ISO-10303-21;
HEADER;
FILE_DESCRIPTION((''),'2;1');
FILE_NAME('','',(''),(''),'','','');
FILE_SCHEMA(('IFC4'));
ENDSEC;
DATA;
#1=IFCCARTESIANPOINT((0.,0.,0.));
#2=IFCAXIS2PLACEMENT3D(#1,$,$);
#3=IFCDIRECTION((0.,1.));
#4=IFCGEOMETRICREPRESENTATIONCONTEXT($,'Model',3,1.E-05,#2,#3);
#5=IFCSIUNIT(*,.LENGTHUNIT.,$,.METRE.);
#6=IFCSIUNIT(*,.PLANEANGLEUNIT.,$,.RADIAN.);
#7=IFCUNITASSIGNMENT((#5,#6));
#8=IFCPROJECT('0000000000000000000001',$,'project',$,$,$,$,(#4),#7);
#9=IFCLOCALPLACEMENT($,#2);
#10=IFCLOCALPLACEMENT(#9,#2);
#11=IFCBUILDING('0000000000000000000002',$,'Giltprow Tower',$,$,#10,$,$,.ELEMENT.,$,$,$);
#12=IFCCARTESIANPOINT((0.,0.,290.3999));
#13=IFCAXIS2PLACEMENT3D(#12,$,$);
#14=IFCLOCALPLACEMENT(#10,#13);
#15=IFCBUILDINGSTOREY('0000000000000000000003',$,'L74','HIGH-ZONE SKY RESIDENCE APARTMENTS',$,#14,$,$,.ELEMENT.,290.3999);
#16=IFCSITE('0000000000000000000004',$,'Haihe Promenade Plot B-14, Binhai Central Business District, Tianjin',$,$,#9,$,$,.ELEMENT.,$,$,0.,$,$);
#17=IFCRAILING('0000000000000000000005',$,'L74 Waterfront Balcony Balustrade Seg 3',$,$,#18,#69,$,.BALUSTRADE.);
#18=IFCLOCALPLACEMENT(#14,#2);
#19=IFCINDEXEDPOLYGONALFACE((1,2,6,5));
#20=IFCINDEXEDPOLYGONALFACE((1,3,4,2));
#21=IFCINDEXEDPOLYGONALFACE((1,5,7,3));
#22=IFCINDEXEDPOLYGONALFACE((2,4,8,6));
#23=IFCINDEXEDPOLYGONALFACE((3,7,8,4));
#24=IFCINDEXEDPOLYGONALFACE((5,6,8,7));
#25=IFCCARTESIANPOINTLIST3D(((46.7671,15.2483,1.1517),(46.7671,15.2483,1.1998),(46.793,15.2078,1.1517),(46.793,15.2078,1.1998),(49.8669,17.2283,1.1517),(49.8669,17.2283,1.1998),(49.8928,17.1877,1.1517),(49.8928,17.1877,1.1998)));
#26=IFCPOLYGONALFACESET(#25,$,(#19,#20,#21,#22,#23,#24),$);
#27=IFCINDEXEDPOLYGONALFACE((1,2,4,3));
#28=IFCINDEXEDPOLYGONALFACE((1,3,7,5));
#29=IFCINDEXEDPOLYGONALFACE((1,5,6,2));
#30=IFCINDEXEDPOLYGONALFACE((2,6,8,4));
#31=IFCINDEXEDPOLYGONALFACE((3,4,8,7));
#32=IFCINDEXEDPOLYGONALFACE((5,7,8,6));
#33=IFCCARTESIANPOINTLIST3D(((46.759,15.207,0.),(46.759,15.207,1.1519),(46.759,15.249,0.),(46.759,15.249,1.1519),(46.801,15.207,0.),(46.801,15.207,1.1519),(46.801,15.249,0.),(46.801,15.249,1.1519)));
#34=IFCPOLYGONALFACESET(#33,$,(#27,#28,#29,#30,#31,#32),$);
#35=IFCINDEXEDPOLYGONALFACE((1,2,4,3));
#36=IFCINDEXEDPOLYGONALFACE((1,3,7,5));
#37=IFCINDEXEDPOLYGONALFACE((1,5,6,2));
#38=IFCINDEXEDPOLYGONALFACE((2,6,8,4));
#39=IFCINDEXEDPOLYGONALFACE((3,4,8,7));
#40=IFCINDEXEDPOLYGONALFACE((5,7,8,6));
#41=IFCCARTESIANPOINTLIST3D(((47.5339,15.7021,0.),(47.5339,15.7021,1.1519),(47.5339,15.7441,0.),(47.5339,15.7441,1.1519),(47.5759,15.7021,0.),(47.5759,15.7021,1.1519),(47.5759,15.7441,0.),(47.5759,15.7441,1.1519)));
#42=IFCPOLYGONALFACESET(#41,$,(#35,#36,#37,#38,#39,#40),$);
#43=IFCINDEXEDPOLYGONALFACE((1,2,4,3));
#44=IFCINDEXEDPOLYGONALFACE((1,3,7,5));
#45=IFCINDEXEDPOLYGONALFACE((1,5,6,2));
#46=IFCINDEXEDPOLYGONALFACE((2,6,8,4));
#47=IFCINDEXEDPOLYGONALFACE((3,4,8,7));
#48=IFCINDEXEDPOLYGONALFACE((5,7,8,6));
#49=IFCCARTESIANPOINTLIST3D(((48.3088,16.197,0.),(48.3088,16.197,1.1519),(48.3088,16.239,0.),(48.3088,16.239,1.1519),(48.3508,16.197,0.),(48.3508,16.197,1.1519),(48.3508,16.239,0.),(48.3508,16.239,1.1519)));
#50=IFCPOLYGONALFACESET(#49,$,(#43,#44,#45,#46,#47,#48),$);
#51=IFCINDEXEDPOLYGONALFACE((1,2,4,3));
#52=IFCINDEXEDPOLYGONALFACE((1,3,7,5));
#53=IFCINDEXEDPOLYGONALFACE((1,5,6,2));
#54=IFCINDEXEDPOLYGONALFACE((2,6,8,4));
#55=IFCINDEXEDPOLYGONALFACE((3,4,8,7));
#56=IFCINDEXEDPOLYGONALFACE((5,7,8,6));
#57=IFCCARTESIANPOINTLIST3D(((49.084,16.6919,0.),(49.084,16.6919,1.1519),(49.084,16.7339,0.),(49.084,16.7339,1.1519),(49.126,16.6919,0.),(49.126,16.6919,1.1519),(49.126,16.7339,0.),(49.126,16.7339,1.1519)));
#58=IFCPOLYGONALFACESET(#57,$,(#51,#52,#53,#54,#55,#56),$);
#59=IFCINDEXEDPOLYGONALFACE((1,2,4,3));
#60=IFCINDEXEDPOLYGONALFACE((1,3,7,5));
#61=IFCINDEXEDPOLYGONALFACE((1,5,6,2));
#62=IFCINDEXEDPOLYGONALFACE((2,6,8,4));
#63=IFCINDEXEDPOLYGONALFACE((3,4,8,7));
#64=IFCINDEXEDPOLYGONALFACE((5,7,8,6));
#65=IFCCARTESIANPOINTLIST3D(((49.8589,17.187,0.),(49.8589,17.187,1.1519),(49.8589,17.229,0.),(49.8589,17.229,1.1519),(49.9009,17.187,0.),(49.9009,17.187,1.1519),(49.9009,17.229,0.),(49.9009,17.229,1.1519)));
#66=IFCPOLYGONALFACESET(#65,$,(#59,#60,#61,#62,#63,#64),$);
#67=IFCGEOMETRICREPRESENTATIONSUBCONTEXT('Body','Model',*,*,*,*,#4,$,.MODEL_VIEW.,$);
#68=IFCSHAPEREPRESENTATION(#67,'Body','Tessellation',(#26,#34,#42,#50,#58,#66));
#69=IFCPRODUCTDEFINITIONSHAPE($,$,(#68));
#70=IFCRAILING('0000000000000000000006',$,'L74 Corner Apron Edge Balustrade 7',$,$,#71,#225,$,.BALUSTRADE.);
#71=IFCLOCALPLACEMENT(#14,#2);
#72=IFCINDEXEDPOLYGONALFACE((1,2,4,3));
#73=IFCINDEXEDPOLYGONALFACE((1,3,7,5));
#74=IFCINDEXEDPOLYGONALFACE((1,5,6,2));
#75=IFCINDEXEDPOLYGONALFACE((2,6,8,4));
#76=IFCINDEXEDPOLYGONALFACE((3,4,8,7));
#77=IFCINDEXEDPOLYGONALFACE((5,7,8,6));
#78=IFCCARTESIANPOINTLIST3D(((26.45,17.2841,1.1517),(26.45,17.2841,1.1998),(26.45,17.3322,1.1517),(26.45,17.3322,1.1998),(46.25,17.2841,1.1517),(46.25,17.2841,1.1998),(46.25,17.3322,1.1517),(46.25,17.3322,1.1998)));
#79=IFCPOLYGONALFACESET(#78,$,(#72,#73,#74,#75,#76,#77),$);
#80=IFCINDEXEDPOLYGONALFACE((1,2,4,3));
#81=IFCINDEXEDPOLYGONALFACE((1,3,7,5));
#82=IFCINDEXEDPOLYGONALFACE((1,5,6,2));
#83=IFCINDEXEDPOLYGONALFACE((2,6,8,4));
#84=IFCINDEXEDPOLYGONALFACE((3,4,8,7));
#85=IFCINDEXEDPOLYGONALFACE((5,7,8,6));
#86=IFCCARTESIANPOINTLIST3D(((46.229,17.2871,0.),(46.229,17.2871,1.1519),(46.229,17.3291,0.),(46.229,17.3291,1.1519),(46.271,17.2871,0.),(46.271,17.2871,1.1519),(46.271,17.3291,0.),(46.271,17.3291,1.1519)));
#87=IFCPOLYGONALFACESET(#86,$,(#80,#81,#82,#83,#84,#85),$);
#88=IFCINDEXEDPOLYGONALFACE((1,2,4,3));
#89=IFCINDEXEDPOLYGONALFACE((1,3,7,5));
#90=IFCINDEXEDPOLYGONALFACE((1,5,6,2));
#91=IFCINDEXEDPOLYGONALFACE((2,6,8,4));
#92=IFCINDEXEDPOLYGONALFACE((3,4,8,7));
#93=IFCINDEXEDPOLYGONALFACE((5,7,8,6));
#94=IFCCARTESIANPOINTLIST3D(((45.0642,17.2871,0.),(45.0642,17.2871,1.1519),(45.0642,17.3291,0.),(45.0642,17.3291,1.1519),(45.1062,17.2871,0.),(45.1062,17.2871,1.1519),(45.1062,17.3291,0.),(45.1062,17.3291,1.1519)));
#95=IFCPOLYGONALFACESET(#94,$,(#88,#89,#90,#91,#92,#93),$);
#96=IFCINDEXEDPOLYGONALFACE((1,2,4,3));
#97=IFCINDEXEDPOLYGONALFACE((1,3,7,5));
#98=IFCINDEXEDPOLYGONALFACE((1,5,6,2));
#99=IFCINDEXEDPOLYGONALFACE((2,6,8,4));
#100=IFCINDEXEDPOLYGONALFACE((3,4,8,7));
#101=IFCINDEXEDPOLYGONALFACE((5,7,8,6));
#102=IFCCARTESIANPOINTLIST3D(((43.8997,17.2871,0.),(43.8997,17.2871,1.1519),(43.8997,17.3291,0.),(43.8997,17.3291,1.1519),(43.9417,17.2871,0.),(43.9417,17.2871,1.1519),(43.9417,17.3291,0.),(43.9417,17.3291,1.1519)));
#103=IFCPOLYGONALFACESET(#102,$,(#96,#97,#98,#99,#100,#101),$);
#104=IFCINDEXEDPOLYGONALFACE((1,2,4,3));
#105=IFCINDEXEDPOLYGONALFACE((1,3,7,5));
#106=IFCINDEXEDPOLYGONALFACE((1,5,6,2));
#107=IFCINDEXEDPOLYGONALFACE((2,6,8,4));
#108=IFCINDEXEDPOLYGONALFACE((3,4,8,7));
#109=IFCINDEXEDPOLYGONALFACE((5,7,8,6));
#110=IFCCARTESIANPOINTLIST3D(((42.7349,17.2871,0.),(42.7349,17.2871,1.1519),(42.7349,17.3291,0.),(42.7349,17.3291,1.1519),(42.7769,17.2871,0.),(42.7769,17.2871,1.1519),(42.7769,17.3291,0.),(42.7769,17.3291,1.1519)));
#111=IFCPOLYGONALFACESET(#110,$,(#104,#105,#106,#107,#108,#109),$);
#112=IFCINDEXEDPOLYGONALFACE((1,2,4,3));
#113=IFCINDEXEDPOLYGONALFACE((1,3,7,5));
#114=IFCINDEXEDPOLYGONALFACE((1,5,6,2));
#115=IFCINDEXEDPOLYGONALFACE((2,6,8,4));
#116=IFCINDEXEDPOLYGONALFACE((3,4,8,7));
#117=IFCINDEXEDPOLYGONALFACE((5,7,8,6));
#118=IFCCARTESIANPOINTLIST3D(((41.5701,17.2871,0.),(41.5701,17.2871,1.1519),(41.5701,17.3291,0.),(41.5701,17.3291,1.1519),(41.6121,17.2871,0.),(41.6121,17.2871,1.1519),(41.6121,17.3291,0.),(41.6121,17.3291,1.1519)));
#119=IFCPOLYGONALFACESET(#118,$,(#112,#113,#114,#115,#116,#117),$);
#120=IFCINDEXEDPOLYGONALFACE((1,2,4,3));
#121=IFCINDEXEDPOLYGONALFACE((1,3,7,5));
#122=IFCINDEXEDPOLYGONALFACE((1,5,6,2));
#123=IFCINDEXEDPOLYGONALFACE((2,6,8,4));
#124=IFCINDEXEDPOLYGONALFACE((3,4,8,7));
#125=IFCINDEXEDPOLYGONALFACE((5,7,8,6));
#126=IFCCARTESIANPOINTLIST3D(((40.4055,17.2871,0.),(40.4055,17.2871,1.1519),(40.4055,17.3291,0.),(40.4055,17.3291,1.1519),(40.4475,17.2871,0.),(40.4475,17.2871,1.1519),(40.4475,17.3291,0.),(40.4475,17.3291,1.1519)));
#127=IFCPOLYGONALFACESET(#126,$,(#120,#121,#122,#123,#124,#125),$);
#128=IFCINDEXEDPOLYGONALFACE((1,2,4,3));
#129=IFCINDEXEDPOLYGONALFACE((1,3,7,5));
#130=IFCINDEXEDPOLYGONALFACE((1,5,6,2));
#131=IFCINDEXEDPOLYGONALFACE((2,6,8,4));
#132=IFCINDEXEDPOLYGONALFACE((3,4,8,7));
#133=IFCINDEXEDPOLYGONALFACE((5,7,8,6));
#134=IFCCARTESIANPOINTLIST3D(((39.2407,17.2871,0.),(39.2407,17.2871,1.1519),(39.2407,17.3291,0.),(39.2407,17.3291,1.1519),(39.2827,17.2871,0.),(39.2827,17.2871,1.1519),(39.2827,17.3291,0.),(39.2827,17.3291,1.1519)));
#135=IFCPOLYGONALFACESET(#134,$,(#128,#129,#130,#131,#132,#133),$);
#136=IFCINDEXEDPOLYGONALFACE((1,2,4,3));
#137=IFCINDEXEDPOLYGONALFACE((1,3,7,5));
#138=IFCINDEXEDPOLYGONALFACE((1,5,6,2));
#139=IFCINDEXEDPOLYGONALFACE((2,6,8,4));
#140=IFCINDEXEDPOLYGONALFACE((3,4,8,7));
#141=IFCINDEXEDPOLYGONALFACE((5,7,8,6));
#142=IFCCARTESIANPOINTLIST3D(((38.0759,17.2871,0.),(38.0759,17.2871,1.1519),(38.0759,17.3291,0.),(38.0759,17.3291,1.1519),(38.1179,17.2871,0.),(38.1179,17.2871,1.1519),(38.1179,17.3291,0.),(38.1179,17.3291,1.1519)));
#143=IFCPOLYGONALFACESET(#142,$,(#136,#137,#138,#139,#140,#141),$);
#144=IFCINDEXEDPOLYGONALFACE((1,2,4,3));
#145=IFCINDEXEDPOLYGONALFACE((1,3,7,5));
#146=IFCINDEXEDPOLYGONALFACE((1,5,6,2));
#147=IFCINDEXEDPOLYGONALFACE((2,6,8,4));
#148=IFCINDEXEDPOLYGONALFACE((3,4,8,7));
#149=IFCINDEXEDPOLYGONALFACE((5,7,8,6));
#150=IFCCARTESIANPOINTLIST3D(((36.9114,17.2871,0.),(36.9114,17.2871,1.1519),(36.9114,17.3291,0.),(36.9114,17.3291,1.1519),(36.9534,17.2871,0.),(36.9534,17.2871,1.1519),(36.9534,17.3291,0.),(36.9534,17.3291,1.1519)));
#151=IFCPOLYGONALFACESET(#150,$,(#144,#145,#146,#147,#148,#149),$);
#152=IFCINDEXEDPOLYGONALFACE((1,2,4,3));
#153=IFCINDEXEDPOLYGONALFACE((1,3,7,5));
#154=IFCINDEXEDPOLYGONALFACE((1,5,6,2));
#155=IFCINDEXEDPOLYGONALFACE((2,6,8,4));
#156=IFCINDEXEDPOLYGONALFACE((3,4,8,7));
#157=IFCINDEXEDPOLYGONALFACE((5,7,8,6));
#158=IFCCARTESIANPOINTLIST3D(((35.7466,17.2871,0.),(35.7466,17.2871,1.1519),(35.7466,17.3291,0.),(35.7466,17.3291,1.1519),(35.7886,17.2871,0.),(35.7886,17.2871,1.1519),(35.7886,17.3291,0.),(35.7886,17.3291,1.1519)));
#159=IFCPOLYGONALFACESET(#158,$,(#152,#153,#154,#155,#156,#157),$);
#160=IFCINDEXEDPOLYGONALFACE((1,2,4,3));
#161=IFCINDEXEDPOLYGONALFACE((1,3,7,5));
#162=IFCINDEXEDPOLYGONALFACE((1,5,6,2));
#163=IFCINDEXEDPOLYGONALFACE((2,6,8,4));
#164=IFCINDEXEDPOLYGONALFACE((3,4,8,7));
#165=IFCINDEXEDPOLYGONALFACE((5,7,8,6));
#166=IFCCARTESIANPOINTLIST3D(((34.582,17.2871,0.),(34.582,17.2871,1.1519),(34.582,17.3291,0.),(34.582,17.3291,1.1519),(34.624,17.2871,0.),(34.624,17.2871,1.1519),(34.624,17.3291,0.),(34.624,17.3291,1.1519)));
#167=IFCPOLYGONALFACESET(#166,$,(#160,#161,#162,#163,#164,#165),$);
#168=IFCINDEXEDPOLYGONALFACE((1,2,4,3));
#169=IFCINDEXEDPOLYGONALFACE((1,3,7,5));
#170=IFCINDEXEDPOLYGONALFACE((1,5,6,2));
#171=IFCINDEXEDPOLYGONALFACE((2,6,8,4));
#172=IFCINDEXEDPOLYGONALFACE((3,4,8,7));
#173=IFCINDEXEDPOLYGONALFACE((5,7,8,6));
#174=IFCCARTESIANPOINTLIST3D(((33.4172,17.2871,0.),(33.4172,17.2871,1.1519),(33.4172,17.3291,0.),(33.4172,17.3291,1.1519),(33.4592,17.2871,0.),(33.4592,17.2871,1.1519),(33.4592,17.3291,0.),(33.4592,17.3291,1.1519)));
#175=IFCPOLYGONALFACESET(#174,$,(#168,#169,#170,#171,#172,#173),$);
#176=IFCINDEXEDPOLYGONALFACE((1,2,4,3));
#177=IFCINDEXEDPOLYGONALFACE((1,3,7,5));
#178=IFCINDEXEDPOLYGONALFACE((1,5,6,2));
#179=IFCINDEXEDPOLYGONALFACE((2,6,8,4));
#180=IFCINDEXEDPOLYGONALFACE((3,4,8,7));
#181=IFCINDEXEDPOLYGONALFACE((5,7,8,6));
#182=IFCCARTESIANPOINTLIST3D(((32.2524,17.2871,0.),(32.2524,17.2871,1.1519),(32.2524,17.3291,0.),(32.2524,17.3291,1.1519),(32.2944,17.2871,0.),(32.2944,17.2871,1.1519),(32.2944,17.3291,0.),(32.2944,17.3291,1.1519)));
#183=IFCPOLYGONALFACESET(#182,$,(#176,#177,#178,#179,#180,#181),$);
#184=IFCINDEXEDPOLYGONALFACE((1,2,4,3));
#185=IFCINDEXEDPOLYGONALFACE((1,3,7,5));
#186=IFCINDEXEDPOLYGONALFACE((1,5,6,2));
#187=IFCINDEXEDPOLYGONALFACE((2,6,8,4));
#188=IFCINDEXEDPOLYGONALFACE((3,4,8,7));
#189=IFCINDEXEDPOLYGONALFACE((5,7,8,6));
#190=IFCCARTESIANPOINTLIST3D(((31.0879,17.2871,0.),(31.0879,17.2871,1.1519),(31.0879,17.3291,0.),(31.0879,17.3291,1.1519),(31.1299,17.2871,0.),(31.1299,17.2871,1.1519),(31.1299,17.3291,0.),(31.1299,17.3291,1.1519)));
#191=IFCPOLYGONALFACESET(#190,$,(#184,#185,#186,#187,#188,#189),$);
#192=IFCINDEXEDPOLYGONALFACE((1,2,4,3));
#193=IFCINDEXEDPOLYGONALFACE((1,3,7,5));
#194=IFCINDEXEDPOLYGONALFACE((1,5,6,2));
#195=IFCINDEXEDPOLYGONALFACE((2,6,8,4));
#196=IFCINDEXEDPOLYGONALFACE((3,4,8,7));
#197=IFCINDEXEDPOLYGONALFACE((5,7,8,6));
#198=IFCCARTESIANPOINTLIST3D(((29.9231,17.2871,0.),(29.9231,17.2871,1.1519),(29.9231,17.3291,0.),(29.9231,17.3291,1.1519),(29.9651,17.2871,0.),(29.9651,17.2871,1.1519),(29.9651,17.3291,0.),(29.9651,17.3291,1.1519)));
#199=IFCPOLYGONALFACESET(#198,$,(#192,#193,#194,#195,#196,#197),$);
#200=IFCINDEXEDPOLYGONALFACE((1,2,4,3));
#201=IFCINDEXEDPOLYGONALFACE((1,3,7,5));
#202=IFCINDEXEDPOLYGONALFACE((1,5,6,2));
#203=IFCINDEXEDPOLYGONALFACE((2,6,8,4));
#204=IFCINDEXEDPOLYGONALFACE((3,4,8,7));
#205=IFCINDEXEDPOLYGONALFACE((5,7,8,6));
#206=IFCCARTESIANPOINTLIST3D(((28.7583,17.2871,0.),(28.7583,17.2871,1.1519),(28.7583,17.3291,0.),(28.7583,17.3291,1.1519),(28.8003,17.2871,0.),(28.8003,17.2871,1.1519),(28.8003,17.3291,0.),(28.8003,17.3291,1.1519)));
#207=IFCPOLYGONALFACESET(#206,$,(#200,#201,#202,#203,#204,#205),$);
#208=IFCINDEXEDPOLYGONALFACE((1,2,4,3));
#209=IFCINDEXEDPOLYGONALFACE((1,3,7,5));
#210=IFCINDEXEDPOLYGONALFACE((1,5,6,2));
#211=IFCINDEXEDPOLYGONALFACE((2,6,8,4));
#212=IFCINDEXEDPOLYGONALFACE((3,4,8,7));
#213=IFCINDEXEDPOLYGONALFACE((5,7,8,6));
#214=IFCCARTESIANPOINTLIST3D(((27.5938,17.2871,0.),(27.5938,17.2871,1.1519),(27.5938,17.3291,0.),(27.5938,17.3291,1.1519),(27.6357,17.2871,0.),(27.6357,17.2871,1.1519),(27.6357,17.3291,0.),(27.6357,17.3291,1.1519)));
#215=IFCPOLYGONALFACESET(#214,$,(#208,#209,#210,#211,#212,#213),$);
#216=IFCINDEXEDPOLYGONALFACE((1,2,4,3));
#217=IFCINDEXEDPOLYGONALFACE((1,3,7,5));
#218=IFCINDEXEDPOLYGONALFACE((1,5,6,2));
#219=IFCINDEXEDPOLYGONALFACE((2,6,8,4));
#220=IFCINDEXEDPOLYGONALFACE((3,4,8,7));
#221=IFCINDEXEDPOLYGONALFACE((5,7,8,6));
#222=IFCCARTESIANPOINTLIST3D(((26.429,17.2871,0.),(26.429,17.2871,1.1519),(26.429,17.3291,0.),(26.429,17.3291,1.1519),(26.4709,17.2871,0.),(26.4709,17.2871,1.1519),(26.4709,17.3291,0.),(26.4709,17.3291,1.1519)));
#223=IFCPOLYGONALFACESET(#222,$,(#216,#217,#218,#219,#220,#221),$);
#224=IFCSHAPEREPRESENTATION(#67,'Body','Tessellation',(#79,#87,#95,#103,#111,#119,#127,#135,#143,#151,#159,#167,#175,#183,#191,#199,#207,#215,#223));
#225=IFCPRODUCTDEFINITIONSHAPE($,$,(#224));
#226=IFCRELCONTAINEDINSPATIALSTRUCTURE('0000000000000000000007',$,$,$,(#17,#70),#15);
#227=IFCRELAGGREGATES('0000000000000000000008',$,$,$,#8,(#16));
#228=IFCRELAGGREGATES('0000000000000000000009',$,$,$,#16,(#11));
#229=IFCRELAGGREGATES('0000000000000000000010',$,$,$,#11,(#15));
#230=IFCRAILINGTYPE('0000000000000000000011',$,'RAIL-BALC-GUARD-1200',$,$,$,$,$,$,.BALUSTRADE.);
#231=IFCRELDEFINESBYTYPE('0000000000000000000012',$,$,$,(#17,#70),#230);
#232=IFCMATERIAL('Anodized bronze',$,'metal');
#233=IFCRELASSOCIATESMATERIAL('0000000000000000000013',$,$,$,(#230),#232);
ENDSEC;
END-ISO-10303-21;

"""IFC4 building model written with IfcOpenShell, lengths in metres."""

from ifc_helpers import new_model, si_unit, direction, frame, origin, origin_2d, place, context, subcontext, project, spatial, rectangle, extrude, material, type_object, element, save


model = new_model("IFC4")

# Units and contexts
model_context = context("Model", 3, precision=1e-05, world=origin(), true_north=direction((0.0, 1.0)))
body_context = subcontext(model_context, "Body", "Model", "MODEL_VIEW")
ifc_project = project(units=[si_unit("LENGTHUNIT", "METRE"), si_unit("PLANEANGLEUNIT", "RADIAN")], contexts=[model_context])

# Site, building, storey
site_placement = place(None, origin())
site = spatial("IfcSite", under=ifc_project, at=site_placement, Name="Haihe Promenade Plot B-14, Binhai Central Business District, Tianjin", CompositionType="ELEMENT", RefElevation=0.0)
building_placement = place(site_placement, origin())
building = spatial("IfcBuilding", under=site, at=building_placement, Name="Giltprow Tower", CompositionType="ELEMENT")
storey_placement = place(building_placement, frame((0.0, 0.0, 290.3999)))
storey = spatial("IfcBuildingStorey", under=building, at=storey_placement, Name="L74", Description="HIGH-ZONE SKY RESIDENCE APARTMENTS", CompositionType="ELEMENT", Elevation=290.3999)

# Shared definitions
ifc_material_1 = material(Name="Anodized bronze", Category="metal")

# Railings
railing_type = type_object("IfcRailingType", Name="RAIL-BALC-GUARD-1200", PredefinedType="BALUSTRADE", material=ifc_material_1)
railing_1_placement = place(storey_placement, frame((46.78, 15.228, 0.0)))
element("IfcRailing", 1, at=railing_1_placement, inside=storey, type_object=railing_type, Name="L74 Waterfront Balcony Balustrade Seg 3", PredefinedType="BALUSTRADE", context=body_context, shape_type="SweptSolid", body=[
    extrude(rectangle(XDim=0.0481, YDim=0.0481, at=origin_2d()), frame((0.0, 0.0, 1.1758), z_axis=(0.842756, 0.538296, 0.0), x_axis=(-0.538296, 0.842756, 0.0)), (0.0, 0.0, 1.0), 3.6782),
    extrude(rectangle(XDim=0.042, YDim=0.042, at=origin_2d()), origin(), (0.0, 0.0, 1.0), 1.1519),
    extrude(rectangle(XDim=0.042, YDim=0.042, at=origin_2d()), frame((0.7749, 0.4951, 0.0)), (0.0, 0.0, 1.0), 1.1519),
    extrude(rectangle(XDim=0.042, YDim=0.042, at=origin_2d()), frame((1.5498, 0.99, 0.0)), (0.0, 0.0, 1.0), 1.1519),
    extrude(rectangle(XDim=0.042, YDim=0.042, at=origin_2d()), frame((2.325, 1.4849, 0.0)), (0.0, 0.0, 1.0), 1.1519),
    extrude(rectangle(XDim=0.042, YDim=0.042, at=origin_2d()), frame((3.0999, 1.98, 0.0)), (0.0, 0.0, 1.0), 1.1519),
])
railing_2_placement = place(storey_placement, frame((46.25, 17.3081, 0.0)))
element("IfcRailing", 2, at=railing_2_placement, inside=storey, type_object=railing_type, Name="L74 Corner Apron Edge Balustrade 7", PredefinedType="BALUSTRADE", context=body_context, shape_type="SweptSolid", body=[
    extrude(rectangle(XDim=0.0481, YDim=0.0481, at=origin_2d()), frame((0.0, 0.0, 1.1758), z_axis=(-1.0, 0.0, 0.0), x_axis=(0.0, -1.0, 0.0)), (0.0, 0.0, 1.0), 19.8),
    extrude(rectangle(XDim=0.042, YDim=0.042, at=origin_2d()), origin(), (0.0, 0.0, 1.0), 1.1519),
    extrude(rectangle(XDim=0.042, YDim=0.042, at=origin_2d()), frame((-1.1648, 0.0, 0.0)), (0.0, 0.0, 1.0), 1.1519),
    extrude(rectangle(XDim=0.042, YDim=0.042, at=origin_2d()), frame((-2.3293, 0.0, 0.0)), (0.0, 0.0, 1.0), 1.1519),
    extrude(rectangle(XDim=0.042, YDim=0.042, at=origin_2d()), frame((-3.4941, 0.0, 0.0)), (0.0, 0.0, 1.0), 1.1519),
    extrude(rectangle(XDim=0.042, YDim=0.042, at=origin_2d()), frame((-4.6589, 0.0, 0.0)), (0.0, 0.0, 1.0), 1.1519),
    extrude(rectangle(XDim=0.042, YDim=0.042, at=origin_2d()), frame((-5.8235, 0.0, 0.0)), (0.0, 0.0, 1.0), 1.1519),
    extrude(rectangle(XDim=0.042, YDim=0.042, at=origin_2d()), frame((-6.9883, 0.0, 0.0)), (0.0, 0.0, 1.0), 1.1519),
    extrude(rectangle(XDim=0.042, YDim=0.042, at=origin_2d()), frame((-8.1531, 0.0, 0.0)), (0.0, 0.0, 1.0), 1.1519),
    extrude(rectangle(XDim=0.042, YDim=0.042, at=origin_2d()), frame((-9.3176, 0.0, 0.0)), (0.0, 0.0, 1.0), 1.1519),
    extrude(rectangle(XDim=0.042, YDim=0.042, at=origin_2d()), frame((-10.4824, 0.0, 0.0)), (0.0, 0.0, 1.0), 1.1519),
    extrude(rectangle(XDim=0.042, YDim=0.042, at=origin_2d()), frame((-11.647, 0.0, 0.0)), (0.0, 0.0, 1.0), 1.1519),
    extrude(rectangle(XDim=0.042, YDim=0.042, at=origin_2d()), frame((-12.8118, 0.0, 0.0)), (0.0, 0.0, 1.0), 1.1519),
    extrude(rectangle(XDim=0.042, YDim=0.042, at=origin_2d()), frame((-13.9766, 0.0, 0.0)), (0.0, 0.0, 1.0), 1.1519),
    extrude(rectangle(XDim=0.042, YDim=0.042, at=origin_2d()), frame((-15.1411, 0.0, 0.0)), (0.0, 0.0, 1.0), 1.1519),
    extrude(rectangle(XDim=0.042, YDim=0.042, at=origin_2d()), frame((-16.3059, 0.0, 0.0)), (0.0, 0.0, 1.0), 1.1519),
    extrude(rectangle(XDim=0.042, YDim=0.042, at=origin_2d()), frame((-17.4707, 0.0, 0.0)), (0.0, 0.0, 1.0), 1.1519),
    extrude(rectangle(XDim=0.042, YDim=0.042, at=origin_2d()), frame((-18.6353, 0.0, 0.0)), (0.0, 0.0, 1.0), 1.1519),
    extrude(rectangle(XDim=0.042, YDim=0.042, at=origin_2d()), frame((-19.8, 0.0, 0.0)), (0.0, 0.0, 1.0), 1.1519),
])

save(model, "model.ifc")
